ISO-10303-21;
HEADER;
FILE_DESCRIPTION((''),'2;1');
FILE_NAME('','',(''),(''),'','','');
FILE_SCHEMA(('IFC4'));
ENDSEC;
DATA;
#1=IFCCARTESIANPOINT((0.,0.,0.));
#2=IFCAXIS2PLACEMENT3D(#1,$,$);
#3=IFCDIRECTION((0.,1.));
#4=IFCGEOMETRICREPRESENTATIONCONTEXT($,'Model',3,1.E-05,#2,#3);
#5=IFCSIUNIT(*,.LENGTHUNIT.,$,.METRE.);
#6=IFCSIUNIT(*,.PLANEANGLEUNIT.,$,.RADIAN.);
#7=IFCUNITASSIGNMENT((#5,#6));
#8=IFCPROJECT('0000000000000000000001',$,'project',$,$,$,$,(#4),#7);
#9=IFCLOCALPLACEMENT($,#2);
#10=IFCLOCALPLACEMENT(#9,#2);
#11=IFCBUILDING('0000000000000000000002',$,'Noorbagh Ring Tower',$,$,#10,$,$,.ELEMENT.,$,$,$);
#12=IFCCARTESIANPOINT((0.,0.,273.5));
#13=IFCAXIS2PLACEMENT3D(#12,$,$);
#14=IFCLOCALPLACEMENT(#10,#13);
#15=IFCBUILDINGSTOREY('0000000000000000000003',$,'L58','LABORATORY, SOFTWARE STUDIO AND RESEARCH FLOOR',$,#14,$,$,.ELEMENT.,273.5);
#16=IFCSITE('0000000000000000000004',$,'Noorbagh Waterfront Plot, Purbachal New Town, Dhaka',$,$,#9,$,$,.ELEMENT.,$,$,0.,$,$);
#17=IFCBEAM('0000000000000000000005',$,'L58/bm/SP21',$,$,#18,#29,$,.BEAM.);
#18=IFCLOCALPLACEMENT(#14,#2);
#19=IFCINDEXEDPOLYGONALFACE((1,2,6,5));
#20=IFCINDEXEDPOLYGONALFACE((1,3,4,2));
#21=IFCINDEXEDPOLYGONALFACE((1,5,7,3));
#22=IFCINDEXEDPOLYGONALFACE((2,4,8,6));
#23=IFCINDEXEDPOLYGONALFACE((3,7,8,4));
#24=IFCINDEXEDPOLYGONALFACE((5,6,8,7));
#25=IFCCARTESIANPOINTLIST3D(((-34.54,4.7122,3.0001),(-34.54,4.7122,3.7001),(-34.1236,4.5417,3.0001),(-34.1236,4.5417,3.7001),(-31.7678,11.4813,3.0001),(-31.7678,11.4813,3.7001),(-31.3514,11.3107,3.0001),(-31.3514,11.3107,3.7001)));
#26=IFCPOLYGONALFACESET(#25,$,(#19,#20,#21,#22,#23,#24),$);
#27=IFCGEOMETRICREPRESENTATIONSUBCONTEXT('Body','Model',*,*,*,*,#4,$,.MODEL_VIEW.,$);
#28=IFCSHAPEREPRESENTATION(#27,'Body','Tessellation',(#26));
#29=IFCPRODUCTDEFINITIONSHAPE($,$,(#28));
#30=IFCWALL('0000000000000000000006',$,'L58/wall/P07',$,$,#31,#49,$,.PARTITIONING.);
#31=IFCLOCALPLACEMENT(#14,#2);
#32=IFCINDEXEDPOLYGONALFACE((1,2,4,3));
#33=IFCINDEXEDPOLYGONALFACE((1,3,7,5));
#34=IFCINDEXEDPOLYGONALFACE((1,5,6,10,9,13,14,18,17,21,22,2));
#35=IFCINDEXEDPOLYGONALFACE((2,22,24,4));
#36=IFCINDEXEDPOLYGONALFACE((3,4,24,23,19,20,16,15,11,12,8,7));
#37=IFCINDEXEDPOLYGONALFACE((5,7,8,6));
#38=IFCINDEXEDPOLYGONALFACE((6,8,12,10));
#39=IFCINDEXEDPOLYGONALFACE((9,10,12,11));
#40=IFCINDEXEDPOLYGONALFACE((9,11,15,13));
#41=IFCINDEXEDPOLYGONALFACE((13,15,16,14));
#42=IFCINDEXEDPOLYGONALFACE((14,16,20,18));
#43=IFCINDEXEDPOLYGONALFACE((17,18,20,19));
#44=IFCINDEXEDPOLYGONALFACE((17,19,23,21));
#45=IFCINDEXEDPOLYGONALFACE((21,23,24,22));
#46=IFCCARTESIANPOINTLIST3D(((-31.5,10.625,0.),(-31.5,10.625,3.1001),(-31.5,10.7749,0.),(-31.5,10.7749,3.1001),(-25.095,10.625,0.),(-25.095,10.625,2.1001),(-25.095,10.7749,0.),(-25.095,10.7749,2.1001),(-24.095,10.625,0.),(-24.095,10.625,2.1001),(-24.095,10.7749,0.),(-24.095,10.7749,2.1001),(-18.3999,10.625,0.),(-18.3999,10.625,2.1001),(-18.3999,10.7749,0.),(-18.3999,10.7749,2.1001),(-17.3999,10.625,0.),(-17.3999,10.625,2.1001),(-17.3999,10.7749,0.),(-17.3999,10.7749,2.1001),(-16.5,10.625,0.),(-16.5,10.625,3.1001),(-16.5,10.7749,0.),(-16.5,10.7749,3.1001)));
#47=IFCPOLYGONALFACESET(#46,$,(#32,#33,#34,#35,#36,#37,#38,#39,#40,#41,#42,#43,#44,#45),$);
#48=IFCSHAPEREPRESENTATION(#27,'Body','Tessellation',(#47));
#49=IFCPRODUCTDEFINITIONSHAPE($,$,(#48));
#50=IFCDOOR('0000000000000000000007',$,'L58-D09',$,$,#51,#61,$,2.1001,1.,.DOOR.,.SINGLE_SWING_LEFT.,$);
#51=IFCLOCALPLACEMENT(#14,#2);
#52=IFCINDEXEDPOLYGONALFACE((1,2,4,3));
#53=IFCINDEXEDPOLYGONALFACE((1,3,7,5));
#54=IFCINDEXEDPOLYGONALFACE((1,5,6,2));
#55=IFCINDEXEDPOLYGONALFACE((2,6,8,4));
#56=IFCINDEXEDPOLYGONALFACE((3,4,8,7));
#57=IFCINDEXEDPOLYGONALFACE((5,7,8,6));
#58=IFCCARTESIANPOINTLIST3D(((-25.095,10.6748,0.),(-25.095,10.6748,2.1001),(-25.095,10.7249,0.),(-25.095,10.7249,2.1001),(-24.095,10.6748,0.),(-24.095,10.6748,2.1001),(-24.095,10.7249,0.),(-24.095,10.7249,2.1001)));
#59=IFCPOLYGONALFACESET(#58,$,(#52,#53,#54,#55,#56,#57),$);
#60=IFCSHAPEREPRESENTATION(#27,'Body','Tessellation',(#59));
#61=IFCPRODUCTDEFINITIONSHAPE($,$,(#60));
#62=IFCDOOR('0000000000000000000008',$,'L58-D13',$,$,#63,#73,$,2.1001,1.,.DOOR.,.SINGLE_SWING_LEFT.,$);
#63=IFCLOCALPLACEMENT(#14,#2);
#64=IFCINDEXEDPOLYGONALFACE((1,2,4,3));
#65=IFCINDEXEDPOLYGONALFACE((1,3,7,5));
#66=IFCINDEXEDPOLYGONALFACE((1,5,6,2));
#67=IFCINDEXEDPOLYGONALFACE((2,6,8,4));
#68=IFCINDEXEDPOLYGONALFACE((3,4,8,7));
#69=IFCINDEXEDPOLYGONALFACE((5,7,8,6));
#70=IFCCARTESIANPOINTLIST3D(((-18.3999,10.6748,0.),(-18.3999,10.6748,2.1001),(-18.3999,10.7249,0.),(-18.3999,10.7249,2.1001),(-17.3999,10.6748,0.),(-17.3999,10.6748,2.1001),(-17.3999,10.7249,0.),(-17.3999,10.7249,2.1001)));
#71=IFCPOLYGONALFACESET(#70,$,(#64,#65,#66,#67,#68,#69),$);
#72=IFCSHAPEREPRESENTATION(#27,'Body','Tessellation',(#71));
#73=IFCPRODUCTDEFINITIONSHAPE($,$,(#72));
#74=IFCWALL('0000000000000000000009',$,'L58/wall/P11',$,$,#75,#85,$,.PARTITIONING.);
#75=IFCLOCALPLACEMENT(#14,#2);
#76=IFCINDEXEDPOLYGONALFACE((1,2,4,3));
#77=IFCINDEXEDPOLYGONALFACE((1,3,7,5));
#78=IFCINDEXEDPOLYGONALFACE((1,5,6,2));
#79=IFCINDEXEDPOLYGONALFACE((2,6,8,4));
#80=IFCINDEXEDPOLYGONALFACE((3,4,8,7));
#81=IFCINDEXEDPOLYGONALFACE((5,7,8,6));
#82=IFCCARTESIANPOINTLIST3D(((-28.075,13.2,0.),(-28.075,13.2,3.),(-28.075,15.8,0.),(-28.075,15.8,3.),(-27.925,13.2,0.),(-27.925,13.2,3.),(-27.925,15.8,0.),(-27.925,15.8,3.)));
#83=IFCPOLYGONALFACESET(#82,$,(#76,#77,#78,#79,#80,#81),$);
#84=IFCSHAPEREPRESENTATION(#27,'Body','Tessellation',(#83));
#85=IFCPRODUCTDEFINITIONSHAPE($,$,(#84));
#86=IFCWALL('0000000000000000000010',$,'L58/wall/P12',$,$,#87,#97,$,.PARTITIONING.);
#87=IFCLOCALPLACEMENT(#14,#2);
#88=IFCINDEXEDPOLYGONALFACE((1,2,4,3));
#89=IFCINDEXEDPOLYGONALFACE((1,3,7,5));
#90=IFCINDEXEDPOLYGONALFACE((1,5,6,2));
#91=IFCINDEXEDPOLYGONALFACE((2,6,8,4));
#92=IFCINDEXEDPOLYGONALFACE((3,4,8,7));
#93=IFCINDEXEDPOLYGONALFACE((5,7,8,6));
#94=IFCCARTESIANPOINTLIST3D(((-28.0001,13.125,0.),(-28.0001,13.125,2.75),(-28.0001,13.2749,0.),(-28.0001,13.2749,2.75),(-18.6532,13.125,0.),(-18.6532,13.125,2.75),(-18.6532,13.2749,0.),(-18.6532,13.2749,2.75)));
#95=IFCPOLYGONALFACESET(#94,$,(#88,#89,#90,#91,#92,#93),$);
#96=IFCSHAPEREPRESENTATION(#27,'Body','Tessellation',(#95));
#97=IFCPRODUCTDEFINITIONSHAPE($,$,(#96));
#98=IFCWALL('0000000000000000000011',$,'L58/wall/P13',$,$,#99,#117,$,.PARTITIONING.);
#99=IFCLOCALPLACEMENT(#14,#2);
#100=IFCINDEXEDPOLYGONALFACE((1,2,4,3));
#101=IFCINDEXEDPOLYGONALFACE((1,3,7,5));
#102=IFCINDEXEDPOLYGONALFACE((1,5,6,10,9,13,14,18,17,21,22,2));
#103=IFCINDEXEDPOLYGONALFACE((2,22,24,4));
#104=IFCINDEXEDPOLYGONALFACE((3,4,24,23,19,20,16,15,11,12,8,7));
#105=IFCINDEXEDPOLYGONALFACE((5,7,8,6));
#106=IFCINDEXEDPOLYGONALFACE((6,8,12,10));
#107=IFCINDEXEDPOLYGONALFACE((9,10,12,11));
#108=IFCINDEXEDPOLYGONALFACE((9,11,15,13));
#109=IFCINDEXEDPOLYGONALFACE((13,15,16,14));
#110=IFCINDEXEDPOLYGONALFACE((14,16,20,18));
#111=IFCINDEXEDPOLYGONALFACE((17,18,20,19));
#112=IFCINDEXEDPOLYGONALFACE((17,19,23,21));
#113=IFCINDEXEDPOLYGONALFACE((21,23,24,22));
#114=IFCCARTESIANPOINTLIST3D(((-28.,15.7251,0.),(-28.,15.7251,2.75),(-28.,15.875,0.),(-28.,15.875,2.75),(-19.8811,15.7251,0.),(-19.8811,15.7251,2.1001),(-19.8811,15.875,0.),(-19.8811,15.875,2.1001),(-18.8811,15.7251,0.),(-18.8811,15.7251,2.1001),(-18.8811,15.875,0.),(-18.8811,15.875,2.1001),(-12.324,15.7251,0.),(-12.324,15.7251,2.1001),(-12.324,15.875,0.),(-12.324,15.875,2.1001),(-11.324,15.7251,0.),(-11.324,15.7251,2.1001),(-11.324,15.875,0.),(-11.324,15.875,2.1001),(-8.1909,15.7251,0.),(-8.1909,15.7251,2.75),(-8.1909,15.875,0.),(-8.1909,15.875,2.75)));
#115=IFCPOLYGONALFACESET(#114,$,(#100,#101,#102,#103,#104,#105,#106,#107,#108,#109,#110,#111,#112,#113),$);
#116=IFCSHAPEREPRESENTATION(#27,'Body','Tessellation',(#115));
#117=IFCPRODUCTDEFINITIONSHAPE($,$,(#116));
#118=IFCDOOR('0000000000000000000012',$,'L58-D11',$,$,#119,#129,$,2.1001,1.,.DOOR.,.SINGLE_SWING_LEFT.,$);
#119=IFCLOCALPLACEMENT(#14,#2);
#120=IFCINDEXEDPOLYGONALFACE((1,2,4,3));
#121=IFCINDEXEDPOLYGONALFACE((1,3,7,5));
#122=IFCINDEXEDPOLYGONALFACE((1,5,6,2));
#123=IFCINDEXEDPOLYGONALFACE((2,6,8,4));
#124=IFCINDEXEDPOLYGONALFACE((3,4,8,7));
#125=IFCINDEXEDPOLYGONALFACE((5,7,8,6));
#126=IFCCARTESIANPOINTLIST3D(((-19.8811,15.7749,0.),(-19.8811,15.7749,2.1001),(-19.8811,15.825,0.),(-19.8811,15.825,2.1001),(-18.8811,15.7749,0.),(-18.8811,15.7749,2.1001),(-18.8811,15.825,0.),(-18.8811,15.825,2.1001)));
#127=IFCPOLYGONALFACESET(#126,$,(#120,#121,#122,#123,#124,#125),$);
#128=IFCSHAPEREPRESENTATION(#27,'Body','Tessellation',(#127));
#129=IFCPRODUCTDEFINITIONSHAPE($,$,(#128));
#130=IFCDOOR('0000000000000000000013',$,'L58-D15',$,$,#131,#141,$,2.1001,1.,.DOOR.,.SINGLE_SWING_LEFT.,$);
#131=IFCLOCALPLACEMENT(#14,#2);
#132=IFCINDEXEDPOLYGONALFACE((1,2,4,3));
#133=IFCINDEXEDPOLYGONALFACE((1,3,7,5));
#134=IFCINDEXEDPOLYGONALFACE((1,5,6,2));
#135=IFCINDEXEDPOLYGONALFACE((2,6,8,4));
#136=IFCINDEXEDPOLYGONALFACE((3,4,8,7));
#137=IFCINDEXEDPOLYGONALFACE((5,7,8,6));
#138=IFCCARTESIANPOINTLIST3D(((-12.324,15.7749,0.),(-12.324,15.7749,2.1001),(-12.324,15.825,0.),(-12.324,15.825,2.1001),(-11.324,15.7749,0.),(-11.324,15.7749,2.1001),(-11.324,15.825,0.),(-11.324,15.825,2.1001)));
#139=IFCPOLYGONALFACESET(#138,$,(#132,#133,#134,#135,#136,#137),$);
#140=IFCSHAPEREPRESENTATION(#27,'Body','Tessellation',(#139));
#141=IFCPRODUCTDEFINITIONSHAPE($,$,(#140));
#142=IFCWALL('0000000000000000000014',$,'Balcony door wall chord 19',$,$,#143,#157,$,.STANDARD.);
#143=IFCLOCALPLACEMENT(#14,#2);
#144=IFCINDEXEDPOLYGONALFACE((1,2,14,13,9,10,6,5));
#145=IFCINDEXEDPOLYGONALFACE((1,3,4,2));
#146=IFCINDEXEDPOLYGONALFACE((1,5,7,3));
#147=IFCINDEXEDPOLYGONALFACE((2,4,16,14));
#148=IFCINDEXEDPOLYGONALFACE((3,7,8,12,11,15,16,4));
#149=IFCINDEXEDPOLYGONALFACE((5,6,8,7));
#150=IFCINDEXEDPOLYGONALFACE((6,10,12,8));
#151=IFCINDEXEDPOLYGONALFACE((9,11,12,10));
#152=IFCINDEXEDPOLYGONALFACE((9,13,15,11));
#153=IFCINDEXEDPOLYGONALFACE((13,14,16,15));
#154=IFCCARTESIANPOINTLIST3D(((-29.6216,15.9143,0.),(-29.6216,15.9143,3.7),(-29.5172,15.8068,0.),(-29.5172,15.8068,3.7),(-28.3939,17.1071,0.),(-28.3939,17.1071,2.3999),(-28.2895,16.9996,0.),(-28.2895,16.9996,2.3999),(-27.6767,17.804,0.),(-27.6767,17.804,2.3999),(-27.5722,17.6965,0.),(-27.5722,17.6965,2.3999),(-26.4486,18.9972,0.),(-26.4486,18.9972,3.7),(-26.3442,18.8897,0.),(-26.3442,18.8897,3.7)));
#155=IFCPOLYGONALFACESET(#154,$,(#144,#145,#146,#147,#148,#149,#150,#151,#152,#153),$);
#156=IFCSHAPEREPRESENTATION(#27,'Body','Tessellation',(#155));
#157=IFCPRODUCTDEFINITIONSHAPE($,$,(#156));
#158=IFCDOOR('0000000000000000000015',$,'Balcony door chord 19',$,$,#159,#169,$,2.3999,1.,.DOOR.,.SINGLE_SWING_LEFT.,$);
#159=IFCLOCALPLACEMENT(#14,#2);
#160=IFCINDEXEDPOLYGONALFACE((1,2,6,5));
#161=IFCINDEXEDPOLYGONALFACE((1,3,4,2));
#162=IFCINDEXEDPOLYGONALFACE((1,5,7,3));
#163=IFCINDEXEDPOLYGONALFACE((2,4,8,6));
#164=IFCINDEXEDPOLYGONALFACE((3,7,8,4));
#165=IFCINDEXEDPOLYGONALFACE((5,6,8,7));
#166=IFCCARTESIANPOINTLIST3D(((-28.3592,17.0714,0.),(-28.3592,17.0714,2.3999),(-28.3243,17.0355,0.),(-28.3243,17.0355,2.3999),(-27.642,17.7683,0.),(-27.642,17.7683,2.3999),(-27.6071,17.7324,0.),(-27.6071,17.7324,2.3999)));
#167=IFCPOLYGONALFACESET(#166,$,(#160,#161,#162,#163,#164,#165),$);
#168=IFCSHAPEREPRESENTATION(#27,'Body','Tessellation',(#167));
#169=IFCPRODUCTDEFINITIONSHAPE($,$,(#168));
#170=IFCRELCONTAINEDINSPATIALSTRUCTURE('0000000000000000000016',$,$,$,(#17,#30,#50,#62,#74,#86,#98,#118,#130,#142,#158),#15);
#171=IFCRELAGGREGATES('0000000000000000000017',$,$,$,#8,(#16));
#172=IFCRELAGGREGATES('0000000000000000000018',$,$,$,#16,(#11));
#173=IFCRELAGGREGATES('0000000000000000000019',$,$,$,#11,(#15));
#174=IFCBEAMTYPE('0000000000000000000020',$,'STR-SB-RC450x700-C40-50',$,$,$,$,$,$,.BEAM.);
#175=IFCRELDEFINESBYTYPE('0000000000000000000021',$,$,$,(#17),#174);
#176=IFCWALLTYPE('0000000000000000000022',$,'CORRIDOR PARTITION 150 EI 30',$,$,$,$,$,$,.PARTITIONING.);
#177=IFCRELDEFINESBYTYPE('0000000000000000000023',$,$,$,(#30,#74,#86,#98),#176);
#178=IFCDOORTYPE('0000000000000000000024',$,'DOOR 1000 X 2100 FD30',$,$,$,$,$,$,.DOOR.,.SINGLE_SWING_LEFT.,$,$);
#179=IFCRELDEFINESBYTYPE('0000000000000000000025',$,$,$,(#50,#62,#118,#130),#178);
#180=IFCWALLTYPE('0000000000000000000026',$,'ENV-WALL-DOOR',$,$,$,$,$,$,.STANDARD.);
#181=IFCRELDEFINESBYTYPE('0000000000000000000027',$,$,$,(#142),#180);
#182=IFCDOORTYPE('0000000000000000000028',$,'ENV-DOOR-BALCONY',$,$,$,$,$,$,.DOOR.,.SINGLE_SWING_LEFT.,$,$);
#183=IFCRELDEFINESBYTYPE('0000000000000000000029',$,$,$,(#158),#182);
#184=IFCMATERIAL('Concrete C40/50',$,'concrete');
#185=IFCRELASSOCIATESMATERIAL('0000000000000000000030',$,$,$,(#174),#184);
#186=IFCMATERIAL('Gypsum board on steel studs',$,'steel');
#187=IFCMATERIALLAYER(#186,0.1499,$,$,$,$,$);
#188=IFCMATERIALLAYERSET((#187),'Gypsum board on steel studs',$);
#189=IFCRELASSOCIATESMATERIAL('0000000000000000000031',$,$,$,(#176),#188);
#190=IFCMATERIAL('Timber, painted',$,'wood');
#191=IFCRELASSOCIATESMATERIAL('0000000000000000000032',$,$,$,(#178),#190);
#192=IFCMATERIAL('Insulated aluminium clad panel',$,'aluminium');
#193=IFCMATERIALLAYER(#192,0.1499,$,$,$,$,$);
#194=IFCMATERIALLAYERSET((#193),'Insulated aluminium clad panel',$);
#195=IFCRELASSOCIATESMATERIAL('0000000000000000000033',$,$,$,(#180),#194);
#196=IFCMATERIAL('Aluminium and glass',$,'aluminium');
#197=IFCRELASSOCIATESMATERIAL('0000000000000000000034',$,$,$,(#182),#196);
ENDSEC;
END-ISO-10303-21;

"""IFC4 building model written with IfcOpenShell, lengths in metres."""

from ifc_helpers import new_model, si_unit, direction, frame, frame_2d, origin, origin_2d, place, context, subcontext, project, spatial, rectangle, extrude, material, layer, layer_set, material_profile, profile_set, type_object, element, fill, save


model = new_model("IFC4")

# Units and contexts
model_context = context("Model", 3, precision=1e-05, world=origin(), true_north=direction((0.0, 1.0)))
body_context = subcontext(model_context, "Body", "Model", "MODEL_VIEW")
ifc_project = project(units=[si_unit("LENGTHUNIT", "METRE"), si_unit("PLANEANGLEUNIT", "RADIAN")], contexts=[model_context])

# Site, building, storey
site_placement = place(None, origin())
site = spatial("IfcSite", under=ifc_project, at=site_placement, Name="Noorbagh Waterfront Plot, Purbachal New Town, Dhaka", CompositionType="ELEMENT", RefElevation=0.0)
building_placement = place(site_placement, origin())
building = spatial("IfcBuilding", under=site, at=building_placement, Name="Noorbagh Ring Tower", CompositionType="ELEMENT")
storey_placement = place(building_placement, frame((0.0, 0.0, 273.5)))
storey = spatial("IfcBuildingStorey", under=building, at=storey_placement, Name="L58", Description="LABORATORY, SOFTWARE STUDIO AND RESEARCH FLOOR", CompositionType="ELEMENT", Elevation=273.5)

# Beam
ifc_material_1 = material(Name="Concrete C40/50", Category="concrete")
ifc_material_profile_1 = material_profile(ifc_material_1, rectangle(XDim=0.45, YDim=0.7, at=origin_2d()), Name="RC450x700")
ifc_profile_set_1 = profile_set([ifc_material_profile_1], Name="Concrete C40/50")
beam_type_1 = type_object("IfcBeamType", Name="STR-SB-RC450x700-C40-50", PredefinedType="BEAM", material=ifc_profile_set_1)
beam_1_placement = place(storey_placement, frame((-31.5596, 11.396, 3.3501), z_axis=(-0.378992, -0.9254, 0.0), x_axis=(0.9254, -0.378992, 0.0)))
element("IfcBeam", 1, at=beam_1_placement, inside=storey, type_object=beam_type_1, Name="L58/bm/SP21", PredefinedType="BEAM", context=body_context, shape_type="SweptSolid", body=[
    extrude(rectangle(XDim=0.45, YDim=0.7, at=origin_2d()), origin(), (0.0, 0.0, 1.0), 7.3147),
])

# Wall, openings, doors
ifc_material_2 = material(Name="Gypsum board on steel studs", Category="steel")
ifc_layer_1 = layer(ifc_material_2, 0.1499)
ifc_layer_set_1 = layer_set([ifc_layer_1], Name="Gypsum board on steel studs")
wall_type_1 = type_object("IfcWallType", Name="CORRIDOR PARTITION 150 EI 30", PredefinedType="PARTITIONING", material=ifc_layer_set_1)
wall_1_placement = place(storey_placement, frame((-31.5, 10.7, 0.0), z_axis=(0.0, 0.0, 1.0), x_axis=(1.0, 0.0, 0.0)))
wall_1 = element("IfcWall", 2, at=wall_1_placement, inside=storey, type_object=wall_type_1, Name="L58/wall/P07", PredefinedType="PARTITIONING", context=body_context, shape_type="SweptSolid", body=[
    extrude(rectangle(XDim=15.0, YDim=0.1499, at=frame_2d((7.5, 0.0))), origin(), (0.0, 0.0, 1.0), 3.1001),
])
opening_1_placement = place(wall_1_placement, frame((6.405, 0.0, 0.0)))
opening_1 = element("IfcOpeningElement", 3, at=opening_1_placement, cuts=wall_1, PredefinedType="OPENING", context=body_context, shape_type="SweptSolid", body=[
    extrude(rectangle(XDim=1.0, YDim=2.1001, at=frame_2d((0.5, 1.05))), frame((0.0, 0.085, 0.0), z_axis=(0.0, -1.0, 0.0), x_axis=(1.0, 0.0, 0.0)), (0.0, 0.0, 1.0), 0.1699),
])
opening_2_placement = place(wall_1_placement, frame((13.1001, 0.0, 0.0)))
opening_2 = element("IfcOpeningElement", 4, at=opening_2_placement, cuts=wall_1, PredefinedType="OPENING", context=body_context, shape_type="SweptSolid", body=[
    extrude(rectangle(XDim=1.0, YDim=2.1001, at=frame_2d((0.5, 1.05))), frame((0.0, 0.085, 0.0), z_axis=(0.0, -1.0, 0.0), x_axis=(1.0, 0.0, 0.0)), (0.0, 0.0, 1.0), 0.1699),
])
ifc_material_3 = material(Name="Timber, painted", Category="wood")
door_type_1 = type_object("IfcDoorType", Name="DOOR 1000 X 2100 FD30", OperationType="SINGLE_SWING_LEFT", PredefinedType="DOOR", material=ifc_material_3)
door_1_placement = place(opening_1_placement, origin())
door_1 = element("IfcDoor", 5, at=door_1_placement, inside=storey, type_object=door_type_1, Name="L58-D09", OperationType="SINGLE_SWING_LEFT", OverallHeight=2.1001, OverallWidth=1.0, PredefinedType="DOOR", context=body_context, shape_type="SweptSolid", body=[
    extrude(rectangle(XDim=1.0, YDim=2.1001, at=frame_2d((0.5, 1.05))), frame((0.0, 0.0249, 0.0), z_axis=(0.0, -1.0, 0.0), x_axis=(1.0, 0.0, 0.0)), (0.0, 0.0, 1.0), 0.05),
])
fill(opening_1, door_1)
door_2_placement = place(opening_2_placement, origin())
door_2 = element("IfcDoor", 6, at=door_2_placement, inside=storey, type_object=door_type_1, Name="L58-D13", OperationType="SINGLE_SWING_LEFT", OverallHeight=2.1001, OverallWidth=1.0, PredefinedType="DOOR", context=body_context, shape_type="SweptSolid", body=[
    extrude(rectangle(XDim=1.0, YDim=2.1001, at=frame_2d((0.5, 1.05))), frame((0.0, 0.0249, 0.0), z_axis=(0.0, -1.0, 0.0), x_axis=(1.0, 0.0, 0.0)), (0.0, 0.0, 1.0), 0.05),
])
fill(opening_2, door_2)

# Walls
wall_2_placement = place(storey_placement, frame((-28.0, 13.2, 0.0), z_axis=(0.0, 0.0, 1.0), x_axis=(0.0, 1.0, 0.0)))
element("IfcWall", 7, at=wall_2_placement, inside=storey, type_object=wall_type_1, Name="L58/wall/P11", PredefinedType="PARTITIONING", context=body_context, shape_type="SweptSolid", body=[
    extrude(rectangle(XDim=2.6001, YDim=0.1499, at=frame_2d((1.3, 0.0))), origin(), (0.0, 0.0, 1.0), 3.0),
])
wall_3_placement = place(storey_placement, frame((-28.0, 13.2, 0.0), z_axis=(0.0, 0.0, 1.0), x_axis=(1.0, 0.0, 0.0)))
element("IfcWall", 8, at=wall_3_placement, inside=storey, type_object=wall_type_1, Name="L58/wall/P12", PredefinedType="PARTITIONING", context=body_context, shape_type="SweptSolid", body=[
    extrude(rectangle(XDim=9.3469, YDim=0.1499, at=frame_2d((4.6733, 0.0))), origin(), (0.0, 0.0, 1.0), 2.75),
])

# Wall, openings, doors
wall_4_placement = place(storey_placement, frame((-28.0, 15.8, 0.0), z_axis=(0.0, 0.0, 1.0), x_axis=(1.0, 0.0, 0.0)))
wall_4 = element("IfcWall", 9, at=wall_4_placement, inside=storey, type_object=wall_type_1, Name="L58/wall/P13", PredefinedType="PARTITIONING", context=body_context, shape_type="SweptSolid", body=[
    extrude(rectangle(XDim=19.8091, YDim=0.1499, at=frame_2d((9.9045, 0.0))), origin(), (0.0, 0.0, 1.0), 2.75),
])
opening_3_placement = place(wall_4_placement, frame((8.1189, 0.0, 0.0)))
opening_3 = element("IfcOpeningElement", 10, at=opening_3_placement, cuts=wall_4, PredefinedType="OPENING", context=body_context, shape_type="SweptSolid", body=[
    extrude(rectangle(XDim=1.0, YDim=2.1001, at=frame_2d((0.5, 1.05))), frame((0.0, 0.085, 0.0), z_axis=(0.0, -1.0, 0.0), x_axis=(1.0, 0.0, 0.0)), (0.0, 0.0, 1.0), 0.1699),
])
opening_4_placement = place(wall_4_placement, frame((15.676, 0.0, 0.0)))
opening_4 = element("IfcOpeningElement", 11, at=opening_4_placement, cuts=wall_4, PredefinedType="OPENING", context=body_context, shape_type="SweptSolid", body=[
    extrude(rectangle(XDim=1.0, YDim=2.1001, at=frame_2d((0.5, 1.05))), frame((0.0, 0.085, 0.0), z_axis=(0.0, -1.0, 0.0), x_axis=(1.0, 0.0, 0.0)), (0.0, 0.0, 1.0), 0.1699),
])
door_3_placement = place(opening_3_placement, origin())
door_3 = element("IfcDoor", 12, at=door_3_placement, inside=storey, type_object=door_type_1, Name="L58-D11", OperationType="SINGLE_SWING_LEFT", OverallHeight=2.1001, OverallWidth=1.0, PredefinedType="DOOR", context=body_context, shape_type="SweptSolid", body=[
    extrude(rectangle(XDim=1.0, YDim=2.1001, at=frame_2d((0.5, 1.05))), frame((0.0, 0.0249, 0.0), z_axis=(0.0, -1.0, 0.0), x_axis=(1.0, 0.0, 0.0)), (0.0, 0.0, 1.0), 0.05),
])
fill(opening_3, door_3)
door_4_placement = place(opening_4_placement, origin())
door_4 = element("IfcDoor", 13, at=door_4_placement, inside=storey, type_object=door_type_1, Name="L58-D15", OperationType="SINGLE_SWING_LEFT", OverallHeight=2.1001, OverallWidth=1.0, PredefinedType="DOOR", context=body_context, shape_type="SweptSolid", body=[
    extrude(rectangle(XDim=1.0, YDim=2.1001, at=frame_2d((0.5, 1.05))), frame((0.0, 0.0249, 0.0), z_axis=(0.0, -1.0, 0.0), x_axis=(1.0, 0.0, 0.0)), (0.0, 0.0, 1.0), 0.05),
])
fill(opening_4, door_4)

# Wall, opening, door
ifc_material_4 = material(Name="Insulated aluminium clad panel", Category="aluminium")
ifc_layer_2 = layer(ifc_material_4, 0.1499)
ifc_layer_set_2 = layer_set([ifc_layer_2], Name="Insulated aluminium clad panel")
wall_type_2 = type_object("IfcWallType", Name="ENV-WALL-DOOR", PredefinedType="STANDARD", material=ifc_layer_set_2)
wall_5_placement = place(storey_placement, frame((-26.3965, 18.9434, 0.0), z_axis=(0.0, 0.0, 1.0), x_axis=(-0.717215, -0.696852, 0.0)))
wall_5 = element("IfcWall", 14, at=wall_5_placement, inside=storey, type_object=wall_type_2, Name="Balcony door wall chord 19", PredefinedType="STANDARD", context=body_context, shape_type="SweptSolid", body=[
    extrude(rectangle(XDim=4.4241, YDim=0.1499, at=frame_2d((2.2119, 0.0))), origin(), (0.0, 0.0, 1.0), 3.7),
])
opening_5_placement = place(wall_5_placement, frame((1.7122, 0.0, 0.0)))
opening_5 = element("IfcOpeningElement", 15, at=opening_5_placement, cuts=wall_5, PredefinedType="OPENING", context=body_context, shape_type="SweptSolid", body=[
    extrude(rectangle(XDim=1.0, YDim=2.3999, at=frame_2d((0.5, 1.2))), frame((0.0, 0.085, 0.0), z_axis=(0.0, -1.0, 0.0), x_axis=(1.0, 0.0, 0.0)), (0.0, 0.0, 1.0), 0.1699),
])
ifc_material_5 = material(Name="Aluminium and glass", Category="aluminium")
door_type_2 = type_object("IfcDoorType", Name="ENV-DOOR-BALCONY", OperationType="SINGLE_SWING_LEFT", PredefinedType="DOOR", material=ifc_material_5)
door_5_placement = place(opening_5_placement, origin())
door_5 = element("IfcDoor", 16, at=door_5_placement, inside=storey, type_object=door_type_2, Name="Balcony door chord 19", OperationType="SINGLE_SWING_LEFT", OverallHeight=2.3999, OverallWidth=1.0, PredefinedType="DOOR", context=body_context, shape_type="SweptSolid", body=[
    extrude(rectangle(XDim=1.0, YDim=2.3999, at=frame_2d((0.5, 1.2))), frame((0.0, 0.0249, 0.0), z_axis=(0.0, -1.0, 0.0), x_axis=(1.0, 0.0, 0.0)), (0.0, 0.0, 1.0), 0.05),
])
fill(opening_5, door_5)

save(model, "model.ifc")
